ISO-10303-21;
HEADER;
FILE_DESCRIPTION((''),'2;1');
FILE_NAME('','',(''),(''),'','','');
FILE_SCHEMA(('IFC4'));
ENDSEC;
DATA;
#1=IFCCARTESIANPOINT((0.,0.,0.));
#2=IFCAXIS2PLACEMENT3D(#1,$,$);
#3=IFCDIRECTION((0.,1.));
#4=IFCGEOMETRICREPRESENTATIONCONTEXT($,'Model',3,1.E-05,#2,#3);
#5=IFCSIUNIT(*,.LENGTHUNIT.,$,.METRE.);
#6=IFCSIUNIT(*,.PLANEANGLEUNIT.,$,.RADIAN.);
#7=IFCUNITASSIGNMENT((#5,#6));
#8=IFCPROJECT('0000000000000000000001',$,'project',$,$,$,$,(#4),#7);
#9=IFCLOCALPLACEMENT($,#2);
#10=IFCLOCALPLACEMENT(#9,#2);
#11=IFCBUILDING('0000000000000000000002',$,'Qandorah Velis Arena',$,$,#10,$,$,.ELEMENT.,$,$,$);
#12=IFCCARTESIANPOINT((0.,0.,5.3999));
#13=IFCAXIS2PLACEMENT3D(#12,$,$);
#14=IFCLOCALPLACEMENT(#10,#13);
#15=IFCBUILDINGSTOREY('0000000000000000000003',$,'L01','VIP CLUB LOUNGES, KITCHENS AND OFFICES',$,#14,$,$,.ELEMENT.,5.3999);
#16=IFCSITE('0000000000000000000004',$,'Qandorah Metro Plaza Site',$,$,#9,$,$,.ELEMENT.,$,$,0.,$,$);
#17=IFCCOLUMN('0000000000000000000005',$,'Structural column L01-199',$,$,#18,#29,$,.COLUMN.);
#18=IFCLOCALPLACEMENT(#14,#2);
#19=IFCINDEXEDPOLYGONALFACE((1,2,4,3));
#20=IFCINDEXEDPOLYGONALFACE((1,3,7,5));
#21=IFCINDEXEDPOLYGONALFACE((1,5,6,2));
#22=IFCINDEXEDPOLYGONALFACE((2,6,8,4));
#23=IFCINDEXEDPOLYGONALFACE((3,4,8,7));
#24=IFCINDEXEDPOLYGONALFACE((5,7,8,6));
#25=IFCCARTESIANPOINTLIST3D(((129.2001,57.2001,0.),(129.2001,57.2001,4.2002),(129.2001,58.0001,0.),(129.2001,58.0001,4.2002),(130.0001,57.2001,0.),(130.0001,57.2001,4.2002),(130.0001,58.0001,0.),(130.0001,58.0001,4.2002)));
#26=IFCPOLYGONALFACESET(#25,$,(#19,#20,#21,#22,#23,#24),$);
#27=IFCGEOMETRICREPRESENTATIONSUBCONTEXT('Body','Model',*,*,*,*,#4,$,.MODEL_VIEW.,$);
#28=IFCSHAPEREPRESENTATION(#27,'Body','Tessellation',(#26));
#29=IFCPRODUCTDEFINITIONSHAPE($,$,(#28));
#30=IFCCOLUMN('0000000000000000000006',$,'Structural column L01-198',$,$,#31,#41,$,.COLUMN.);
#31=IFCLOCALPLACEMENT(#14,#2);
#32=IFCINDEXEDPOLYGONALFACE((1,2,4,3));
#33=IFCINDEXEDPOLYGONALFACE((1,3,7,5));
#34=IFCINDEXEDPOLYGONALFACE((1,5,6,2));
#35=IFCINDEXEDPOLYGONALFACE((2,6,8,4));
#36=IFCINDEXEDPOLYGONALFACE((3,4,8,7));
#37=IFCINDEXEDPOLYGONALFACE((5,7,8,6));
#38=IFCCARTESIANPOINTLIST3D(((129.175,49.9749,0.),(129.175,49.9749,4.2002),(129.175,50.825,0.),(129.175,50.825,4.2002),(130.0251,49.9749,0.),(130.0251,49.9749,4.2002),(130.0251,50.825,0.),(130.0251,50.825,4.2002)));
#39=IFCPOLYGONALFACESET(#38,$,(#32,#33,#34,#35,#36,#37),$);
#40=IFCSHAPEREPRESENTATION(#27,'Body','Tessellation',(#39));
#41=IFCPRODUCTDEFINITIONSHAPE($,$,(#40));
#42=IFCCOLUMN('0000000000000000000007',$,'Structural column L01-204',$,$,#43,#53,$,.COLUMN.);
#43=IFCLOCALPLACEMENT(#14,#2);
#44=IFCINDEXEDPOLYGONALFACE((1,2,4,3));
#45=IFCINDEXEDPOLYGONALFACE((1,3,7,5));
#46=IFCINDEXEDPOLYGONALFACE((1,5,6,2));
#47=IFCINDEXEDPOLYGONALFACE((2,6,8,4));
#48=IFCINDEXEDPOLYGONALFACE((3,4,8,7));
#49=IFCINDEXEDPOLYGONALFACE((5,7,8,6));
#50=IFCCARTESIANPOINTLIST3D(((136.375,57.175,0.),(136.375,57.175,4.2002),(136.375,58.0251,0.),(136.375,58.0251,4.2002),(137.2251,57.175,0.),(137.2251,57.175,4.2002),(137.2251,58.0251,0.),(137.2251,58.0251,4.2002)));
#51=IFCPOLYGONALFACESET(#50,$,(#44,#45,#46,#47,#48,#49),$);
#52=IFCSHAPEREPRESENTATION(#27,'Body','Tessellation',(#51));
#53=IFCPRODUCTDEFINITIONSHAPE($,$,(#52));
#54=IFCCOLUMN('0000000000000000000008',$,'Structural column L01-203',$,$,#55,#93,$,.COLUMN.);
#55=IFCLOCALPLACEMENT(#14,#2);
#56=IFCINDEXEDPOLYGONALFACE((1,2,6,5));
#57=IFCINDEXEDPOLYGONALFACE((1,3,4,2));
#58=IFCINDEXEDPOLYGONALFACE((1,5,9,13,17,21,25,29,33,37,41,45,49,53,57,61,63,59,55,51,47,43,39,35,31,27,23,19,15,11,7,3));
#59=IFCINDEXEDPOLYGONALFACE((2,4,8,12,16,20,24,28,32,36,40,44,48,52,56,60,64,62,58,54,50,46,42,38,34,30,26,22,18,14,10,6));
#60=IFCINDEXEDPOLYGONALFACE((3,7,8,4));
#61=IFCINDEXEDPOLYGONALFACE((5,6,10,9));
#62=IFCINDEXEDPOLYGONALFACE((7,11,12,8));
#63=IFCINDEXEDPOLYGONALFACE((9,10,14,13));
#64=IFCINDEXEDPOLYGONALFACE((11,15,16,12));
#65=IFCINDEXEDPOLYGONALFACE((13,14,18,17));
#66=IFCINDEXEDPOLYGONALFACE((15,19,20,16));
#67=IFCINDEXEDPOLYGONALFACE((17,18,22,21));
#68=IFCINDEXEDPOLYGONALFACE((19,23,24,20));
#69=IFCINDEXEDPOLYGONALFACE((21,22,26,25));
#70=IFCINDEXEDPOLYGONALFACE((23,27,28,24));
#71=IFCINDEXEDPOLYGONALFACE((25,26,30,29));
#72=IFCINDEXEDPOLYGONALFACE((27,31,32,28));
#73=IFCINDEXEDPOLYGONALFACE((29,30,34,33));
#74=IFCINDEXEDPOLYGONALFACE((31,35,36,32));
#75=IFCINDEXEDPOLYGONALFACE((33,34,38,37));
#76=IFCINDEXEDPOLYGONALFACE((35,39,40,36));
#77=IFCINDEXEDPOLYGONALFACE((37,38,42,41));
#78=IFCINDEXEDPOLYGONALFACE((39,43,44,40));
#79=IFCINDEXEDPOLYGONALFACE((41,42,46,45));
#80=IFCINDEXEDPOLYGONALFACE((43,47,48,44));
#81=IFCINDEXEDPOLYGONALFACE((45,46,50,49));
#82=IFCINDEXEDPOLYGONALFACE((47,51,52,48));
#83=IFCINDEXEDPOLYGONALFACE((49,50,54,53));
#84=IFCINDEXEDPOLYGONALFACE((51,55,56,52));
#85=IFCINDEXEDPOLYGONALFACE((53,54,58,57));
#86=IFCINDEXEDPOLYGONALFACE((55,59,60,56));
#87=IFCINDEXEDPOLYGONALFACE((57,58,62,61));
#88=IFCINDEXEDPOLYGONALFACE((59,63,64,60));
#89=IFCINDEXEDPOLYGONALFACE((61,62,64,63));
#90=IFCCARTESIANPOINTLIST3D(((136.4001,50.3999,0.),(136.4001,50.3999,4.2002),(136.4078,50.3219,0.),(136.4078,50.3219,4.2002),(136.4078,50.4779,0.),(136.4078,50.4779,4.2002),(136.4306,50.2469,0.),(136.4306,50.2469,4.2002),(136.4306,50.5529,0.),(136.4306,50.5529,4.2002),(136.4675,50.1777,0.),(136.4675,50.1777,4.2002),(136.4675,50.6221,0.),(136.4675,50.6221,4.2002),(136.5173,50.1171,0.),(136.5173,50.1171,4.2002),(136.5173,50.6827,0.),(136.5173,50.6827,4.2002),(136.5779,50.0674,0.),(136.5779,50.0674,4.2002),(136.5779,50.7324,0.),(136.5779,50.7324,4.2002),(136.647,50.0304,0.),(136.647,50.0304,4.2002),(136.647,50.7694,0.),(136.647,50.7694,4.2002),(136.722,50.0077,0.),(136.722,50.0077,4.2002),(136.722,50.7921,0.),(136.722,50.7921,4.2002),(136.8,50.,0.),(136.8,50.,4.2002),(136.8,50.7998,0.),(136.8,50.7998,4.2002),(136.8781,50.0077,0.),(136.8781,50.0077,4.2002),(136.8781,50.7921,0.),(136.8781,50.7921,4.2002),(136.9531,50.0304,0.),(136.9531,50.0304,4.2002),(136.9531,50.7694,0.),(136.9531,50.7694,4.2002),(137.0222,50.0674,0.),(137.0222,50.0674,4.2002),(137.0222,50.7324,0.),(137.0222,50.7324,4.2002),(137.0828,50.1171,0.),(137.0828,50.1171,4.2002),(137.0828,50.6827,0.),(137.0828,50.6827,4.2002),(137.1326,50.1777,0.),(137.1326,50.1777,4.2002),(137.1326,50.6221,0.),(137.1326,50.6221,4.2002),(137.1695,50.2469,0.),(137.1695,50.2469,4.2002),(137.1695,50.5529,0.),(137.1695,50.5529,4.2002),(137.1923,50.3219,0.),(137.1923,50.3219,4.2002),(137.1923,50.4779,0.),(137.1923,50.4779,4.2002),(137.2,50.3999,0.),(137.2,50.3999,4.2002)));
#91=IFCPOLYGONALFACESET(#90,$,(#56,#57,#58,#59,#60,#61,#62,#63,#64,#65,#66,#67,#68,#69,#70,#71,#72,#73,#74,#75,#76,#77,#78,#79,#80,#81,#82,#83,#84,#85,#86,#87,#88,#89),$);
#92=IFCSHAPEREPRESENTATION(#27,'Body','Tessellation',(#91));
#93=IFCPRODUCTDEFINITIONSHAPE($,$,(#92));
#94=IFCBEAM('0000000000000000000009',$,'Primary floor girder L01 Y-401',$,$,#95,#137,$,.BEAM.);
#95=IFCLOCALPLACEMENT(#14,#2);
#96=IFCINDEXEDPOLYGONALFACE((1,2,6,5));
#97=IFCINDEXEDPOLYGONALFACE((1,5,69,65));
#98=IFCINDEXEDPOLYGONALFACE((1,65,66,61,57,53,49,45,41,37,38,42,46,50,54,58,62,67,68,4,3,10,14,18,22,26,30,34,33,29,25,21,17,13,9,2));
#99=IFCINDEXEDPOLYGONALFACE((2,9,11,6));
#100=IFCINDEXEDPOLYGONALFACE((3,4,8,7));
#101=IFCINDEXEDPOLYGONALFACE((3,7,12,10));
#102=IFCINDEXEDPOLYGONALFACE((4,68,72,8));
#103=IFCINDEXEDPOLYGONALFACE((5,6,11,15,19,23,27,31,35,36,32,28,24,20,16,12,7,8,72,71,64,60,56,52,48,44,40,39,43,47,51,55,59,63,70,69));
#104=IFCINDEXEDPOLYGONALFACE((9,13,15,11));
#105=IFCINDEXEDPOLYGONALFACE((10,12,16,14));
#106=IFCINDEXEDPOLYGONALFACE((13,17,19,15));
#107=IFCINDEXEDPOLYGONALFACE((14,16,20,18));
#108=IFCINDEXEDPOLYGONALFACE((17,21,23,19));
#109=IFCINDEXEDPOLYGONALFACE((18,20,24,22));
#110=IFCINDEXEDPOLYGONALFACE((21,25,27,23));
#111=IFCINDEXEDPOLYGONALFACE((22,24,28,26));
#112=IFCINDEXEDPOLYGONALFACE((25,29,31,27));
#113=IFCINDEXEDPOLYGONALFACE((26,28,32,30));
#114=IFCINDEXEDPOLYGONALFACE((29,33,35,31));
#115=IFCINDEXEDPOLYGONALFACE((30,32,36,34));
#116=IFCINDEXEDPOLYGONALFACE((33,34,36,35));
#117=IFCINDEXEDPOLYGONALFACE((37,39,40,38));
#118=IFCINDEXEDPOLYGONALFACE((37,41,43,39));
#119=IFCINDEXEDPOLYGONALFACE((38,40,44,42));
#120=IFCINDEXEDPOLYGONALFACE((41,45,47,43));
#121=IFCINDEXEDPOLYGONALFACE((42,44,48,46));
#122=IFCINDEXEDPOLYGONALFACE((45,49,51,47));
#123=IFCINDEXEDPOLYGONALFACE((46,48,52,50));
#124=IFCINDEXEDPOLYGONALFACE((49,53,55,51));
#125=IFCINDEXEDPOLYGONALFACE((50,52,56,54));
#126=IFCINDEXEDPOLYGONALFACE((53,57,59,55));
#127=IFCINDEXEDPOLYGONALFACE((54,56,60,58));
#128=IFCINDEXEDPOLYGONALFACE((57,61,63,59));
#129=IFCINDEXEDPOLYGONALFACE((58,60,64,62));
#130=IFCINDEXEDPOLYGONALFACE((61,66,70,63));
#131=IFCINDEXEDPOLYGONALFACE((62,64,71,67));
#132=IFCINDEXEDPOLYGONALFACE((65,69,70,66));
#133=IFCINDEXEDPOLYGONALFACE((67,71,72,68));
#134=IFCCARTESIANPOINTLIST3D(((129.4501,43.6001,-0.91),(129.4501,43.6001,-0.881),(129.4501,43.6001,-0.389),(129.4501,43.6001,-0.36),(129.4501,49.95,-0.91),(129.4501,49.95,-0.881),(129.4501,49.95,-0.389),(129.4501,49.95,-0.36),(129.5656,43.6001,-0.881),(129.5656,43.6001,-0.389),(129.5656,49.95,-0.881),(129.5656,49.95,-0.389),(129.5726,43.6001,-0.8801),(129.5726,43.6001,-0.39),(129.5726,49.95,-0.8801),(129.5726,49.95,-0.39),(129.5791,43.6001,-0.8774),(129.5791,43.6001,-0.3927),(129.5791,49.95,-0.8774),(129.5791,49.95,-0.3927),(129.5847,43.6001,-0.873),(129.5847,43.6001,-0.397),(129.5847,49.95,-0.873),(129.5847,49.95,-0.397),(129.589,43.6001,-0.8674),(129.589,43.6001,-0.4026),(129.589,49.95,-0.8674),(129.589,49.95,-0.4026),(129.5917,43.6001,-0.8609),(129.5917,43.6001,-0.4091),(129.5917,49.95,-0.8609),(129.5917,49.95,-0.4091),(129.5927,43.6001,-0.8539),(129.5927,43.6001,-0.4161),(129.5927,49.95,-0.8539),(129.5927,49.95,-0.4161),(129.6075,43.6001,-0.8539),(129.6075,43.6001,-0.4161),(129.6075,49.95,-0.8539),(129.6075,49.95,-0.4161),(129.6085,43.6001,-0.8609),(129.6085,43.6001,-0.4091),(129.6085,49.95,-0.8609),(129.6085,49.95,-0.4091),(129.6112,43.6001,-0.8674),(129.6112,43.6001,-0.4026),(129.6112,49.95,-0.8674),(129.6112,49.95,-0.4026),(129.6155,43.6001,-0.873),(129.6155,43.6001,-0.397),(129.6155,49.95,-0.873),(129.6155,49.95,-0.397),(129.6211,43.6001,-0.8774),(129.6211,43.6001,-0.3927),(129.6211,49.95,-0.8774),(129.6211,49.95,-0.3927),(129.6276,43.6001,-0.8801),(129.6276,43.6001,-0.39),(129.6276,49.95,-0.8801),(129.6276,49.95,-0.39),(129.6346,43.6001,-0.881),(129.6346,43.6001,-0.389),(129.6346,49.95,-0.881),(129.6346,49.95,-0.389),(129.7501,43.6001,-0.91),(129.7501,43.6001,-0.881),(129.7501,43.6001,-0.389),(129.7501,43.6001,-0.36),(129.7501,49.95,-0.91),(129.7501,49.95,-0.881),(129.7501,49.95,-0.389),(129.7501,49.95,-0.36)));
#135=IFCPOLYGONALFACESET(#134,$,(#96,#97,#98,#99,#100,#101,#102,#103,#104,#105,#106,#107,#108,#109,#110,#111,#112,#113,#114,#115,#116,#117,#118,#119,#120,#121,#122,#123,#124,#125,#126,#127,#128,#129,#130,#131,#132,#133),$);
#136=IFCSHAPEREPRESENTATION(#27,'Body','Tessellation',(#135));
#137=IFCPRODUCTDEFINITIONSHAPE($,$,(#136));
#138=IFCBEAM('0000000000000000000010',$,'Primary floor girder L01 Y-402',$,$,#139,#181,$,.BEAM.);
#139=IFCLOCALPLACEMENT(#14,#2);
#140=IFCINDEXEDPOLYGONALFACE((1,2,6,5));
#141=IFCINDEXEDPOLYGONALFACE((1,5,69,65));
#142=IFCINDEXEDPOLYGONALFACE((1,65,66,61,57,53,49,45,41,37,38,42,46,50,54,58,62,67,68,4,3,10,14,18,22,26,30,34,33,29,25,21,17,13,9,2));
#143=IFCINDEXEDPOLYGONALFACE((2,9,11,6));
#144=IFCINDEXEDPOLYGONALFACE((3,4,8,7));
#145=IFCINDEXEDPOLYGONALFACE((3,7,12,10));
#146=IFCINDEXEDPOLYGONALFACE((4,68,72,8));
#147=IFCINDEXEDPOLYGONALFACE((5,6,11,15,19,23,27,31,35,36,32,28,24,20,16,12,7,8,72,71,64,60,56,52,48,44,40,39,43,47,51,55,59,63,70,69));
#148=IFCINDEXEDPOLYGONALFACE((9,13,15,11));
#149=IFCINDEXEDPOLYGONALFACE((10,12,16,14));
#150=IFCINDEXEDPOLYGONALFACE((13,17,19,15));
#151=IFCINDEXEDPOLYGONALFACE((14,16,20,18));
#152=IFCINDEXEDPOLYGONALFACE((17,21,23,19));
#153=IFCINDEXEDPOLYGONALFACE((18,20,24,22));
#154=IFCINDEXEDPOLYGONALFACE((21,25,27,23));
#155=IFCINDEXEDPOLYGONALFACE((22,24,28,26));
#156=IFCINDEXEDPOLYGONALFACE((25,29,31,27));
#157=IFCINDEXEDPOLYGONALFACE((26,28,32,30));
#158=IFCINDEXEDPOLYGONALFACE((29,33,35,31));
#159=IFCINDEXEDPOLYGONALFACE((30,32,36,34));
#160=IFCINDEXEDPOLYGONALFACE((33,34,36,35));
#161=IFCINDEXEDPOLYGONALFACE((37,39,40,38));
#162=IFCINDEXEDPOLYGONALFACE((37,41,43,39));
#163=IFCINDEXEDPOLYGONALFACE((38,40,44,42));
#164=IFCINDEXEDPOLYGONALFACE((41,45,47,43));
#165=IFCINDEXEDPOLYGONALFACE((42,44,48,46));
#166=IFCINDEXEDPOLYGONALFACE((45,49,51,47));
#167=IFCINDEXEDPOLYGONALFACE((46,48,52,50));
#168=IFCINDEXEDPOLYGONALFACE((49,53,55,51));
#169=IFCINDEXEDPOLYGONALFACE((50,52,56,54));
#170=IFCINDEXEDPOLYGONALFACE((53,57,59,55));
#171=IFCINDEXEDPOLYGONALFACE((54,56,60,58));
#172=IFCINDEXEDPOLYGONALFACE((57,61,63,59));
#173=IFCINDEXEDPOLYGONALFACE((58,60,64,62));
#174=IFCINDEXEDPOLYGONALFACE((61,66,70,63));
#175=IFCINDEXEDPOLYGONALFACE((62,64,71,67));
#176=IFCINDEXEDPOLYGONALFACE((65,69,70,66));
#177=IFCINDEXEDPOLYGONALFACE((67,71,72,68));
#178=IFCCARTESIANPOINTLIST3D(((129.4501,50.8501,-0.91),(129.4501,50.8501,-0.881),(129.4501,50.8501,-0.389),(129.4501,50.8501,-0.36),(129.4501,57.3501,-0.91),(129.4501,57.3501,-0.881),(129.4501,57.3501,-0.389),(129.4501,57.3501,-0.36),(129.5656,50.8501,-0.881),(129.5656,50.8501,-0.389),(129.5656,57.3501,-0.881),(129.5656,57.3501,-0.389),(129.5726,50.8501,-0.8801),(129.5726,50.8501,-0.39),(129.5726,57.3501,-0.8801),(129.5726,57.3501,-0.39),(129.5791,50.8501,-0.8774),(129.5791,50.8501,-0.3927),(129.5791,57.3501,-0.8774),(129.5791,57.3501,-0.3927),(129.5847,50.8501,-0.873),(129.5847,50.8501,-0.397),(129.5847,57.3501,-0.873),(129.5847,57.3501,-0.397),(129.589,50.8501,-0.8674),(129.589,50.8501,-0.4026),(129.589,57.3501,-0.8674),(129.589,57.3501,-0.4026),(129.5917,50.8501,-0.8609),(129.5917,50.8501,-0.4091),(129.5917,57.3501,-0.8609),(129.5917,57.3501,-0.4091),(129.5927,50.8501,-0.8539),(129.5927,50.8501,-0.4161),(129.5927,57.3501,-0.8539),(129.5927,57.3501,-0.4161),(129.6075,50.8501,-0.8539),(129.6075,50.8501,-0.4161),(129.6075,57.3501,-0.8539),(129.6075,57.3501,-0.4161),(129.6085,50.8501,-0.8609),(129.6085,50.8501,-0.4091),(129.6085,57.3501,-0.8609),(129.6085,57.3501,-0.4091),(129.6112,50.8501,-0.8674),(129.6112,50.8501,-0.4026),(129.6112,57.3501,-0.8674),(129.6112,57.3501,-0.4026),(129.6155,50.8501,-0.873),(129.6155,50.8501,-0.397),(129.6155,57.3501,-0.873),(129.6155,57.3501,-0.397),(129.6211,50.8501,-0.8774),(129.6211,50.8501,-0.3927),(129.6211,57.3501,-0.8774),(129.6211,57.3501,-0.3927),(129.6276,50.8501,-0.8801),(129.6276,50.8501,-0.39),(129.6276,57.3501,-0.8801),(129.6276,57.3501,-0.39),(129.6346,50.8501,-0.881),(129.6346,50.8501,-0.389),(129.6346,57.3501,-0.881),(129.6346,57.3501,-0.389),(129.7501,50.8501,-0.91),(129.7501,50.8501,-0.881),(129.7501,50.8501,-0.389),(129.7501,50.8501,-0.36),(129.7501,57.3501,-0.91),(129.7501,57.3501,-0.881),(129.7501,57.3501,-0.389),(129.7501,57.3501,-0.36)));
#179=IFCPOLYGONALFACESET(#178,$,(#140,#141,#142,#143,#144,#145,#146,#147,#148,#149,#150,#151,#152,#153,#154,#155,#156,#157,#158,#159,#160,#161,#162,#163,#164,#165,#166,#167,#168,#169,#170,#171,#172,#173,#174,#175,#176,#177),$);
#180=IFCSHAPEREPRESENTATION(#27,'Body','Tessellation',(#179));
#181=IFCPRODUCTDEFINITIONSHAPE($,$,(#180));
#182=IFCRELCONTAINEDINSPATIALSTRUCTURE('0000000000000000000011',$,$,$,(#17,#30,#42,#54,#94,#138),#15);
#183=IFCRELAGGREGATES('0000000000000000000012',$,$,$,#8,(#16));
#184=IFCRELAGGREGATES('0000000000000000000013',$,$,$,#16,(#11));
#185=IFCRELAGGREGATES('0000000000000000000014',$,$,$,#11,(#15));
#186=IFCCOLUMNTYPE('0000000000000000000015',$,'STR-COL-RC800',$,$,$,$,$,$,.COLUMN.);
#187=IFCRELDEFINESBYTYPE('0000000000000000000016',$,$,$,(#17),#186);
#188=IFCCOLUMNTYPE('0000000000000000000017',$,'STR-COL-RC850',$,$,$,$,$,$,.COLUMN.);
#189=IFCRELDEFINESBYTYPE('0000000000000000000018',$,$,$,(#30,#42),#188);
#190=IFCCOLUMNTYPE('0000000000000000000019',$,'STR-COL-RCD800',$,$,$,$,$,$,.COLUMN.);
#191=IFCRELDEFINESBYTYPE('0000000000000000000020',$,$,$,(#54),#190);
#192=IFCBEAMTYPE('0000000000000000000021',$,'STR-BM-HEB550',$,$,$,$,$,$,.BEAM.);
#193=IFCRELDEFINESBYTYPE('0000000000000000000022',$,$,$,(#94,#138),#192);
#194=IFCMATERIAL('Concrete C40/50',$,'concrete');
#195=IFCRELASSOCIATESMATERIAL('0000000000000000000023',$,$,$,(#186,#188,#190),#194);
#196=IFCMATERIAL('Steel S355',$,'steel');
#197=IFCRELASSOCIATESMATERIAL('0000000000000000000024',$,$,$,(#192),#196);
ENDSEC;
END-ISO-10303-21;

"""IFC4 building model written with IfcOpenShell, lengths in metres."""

from ifc_helpers import new_model, si_unit, direction, frame, origin, origin_2d, place, context, subcontext, project, spatial, rectangle, circle, i_section, extrude, material, material_profile, profile_set, type_object, element, save


model = new_model("IFC4")

# Units and contexts
model_context = context("Model", 3, precision=1e-05, world=origin(), true_north=direction((0.0, 1.0)))
body_context = subcontext(model_context, "Body", "Model", "MODEL_VIEW")
ifc_project = project(units=[si_unit("LENGTHUNIT", "METRE"), si_unit("PLANEANGLEUNIT", "RADIAN")], contexts=[model_context])

# Site, building, storey
site_placement = place(None, origin())
site = spatial("IfcSite", under=ifc_project, at=site_placement, Name="Qandorah Metro Plaza Site", CompositionType="ELEMENT", RefElevation=0.0)
building_placement = place(site_placement, origin())
building = spatial("IfcBuilding", under=site, at=building_placement, Name="Qandorah Velis Arena", CompositionType="ELEMENT")
storey_placement = place(building_placement, frame((0.0, 0.0, 5.3999)))
storey = spatial("IfcBuildingStorey", under=building, at=storey_placement, Name="L01", Description="VIP CLUB LOUNGES, KITCHENS AND OFFICES", CompositionType="ELEMENT", Elevation=5.3999)

# Columns
ifc_material_1 = material(Name="Concrete C40/50", Category="concrete")
ifc_material_profile_1 = material_profile(ifc_material_1, rectangle(XDim=0.8, YDim=0.8, at=origin_2d()), Name="RC COL 800x800")
ifc_profile_set_1 = profile_set([ifc_material_profile_1], Name="Concrete C40/50")
column_type_1 = type_object("IfcColumnType", Name="STR-COL-RC800", PredefinedType="COLUMN", material=ifc_profile_set_1)
column_1_placement = place(storey_placement, frame((129.6001, 57.6001, 0.0), z_axis=(0.0, 0.0, 1.0), x_axis=(1.0, 0.0, 0.0)))
element("IfcColumn", 1, at=column_1_placement, inside=storey, type_object=column_type_1, Name="Structural column L01-199", PredefinedType="COLUMN", context=body_context, shape_type="SweptSolid", body=[
    extrude(rectangle(XDim=0.8, YDim=0.8, at=origin_2d()), origin(), (0.0, 0.0, 1.0), 4.2002),
])
ifc_material_profile_2 = material_profile(ifc_material_1, rectangle(XDim=0.8501, YDim=0.8501, at=origin_2d()), Name="RC COL 850x850")
ifc_profile_set_2 = profile_set([ifc_material_profile_2], Name="Concrete C40/50")
column_type_2 = type_object("IfcColumnType", Name="STR-COL-RC850", PredefinedType="COLUMN", material=ifc_profile_set_2)
for number, where, z_axis, x_axis, name in (
    (2, (129.6001, 50.3999, 0.0), (0.0, 0.0, 1.0), (1.0, 0.0, 0.0), "Structural column L01-198"),
    (3, (136.8, 57.6001, 0.0), (0.0, 0.0, 1.0), (1.0, 0.0, 0.0), "Structural column L01-204"),
):
    element("IfcColumn", number, at=place(storey_placement, frame(where, z_axis=z_axis, x_axis=x_axis)), inside=storey, type_object=column_type_2, Name=name, PredefinedType="COLUMN", context=body_context, shape_type="SweptSolid", body=[
        extrude(rectangle(XDim=0.8501, YDim=0.8501, at=origin_2d()), origin(), (0.0, 0.0, 1.0), 4.2002),
    ])
ifc_material_profile_3 = material_profile(ifc_material_1, circle(Radius=0.3999, at=origin_2d()), Name="RC D800")
ifc_profile_set_3 = profile_set([ifc_material_profile_3], Name="Concrete C40/50")
column_type_3 = type_object("IfcColumnType", Name="STR-COL-RCD800", PredefinedType="COLUMN", material=ifc_profile_set_3)
column_2_placement = place(storey_placement, frame((136.8, 50.3999, 0.0), z_axis=(0.0, 0.0, 1.0), x_axis=(1.0, 0.0, 0.0)))
element("IfcColumn", 4, at=column_2_placement, inside=storey, type_object=column_type_3, Name="Structural column L01-203", PredefinedType="COLUMN", context=body_context, shape_type="SweptSolid", body=[
    extrude(circle(Radius=0.3999, at=origin_2d()), origin(), (0.0, 0.0, 1.0), 4.2002),
])

# Beams
ifc_material_2 = material(Name="Steel S355", Category="steel")
ifc_material_profile_4 = material_profile(ifc_material_2, i_section(OverallWidth=0.3, OverallDepth=0.55, WebThickness=0.0149, FlangeThickness=0.0291, FilletRadius=0.0271, at=origin_2d()), Name="HEB 550")
ifc_profile_set_4 = profile_set([ifc_material_profile_4], Name="Steel S355")
beam_type_1 = type_object("IfcBeamType", Name="STR-BM-HEB550", PredefinedType="BEAM", material=ifc_profile_set_4)
beam_1_placement = place(storey_placement, frame((129.6001, 43.6001, -0.635), z_axis=(0.0, 1.0, 0.0), x_axis=(-1.0, 0.0, 0.0)))
element("IfcBeam", 5, at=beam_1_placement, inside=storey, type_object=beam_type_1, Name="Primary floor girder L01 Y-401", PredefinedType="BEAM", context=body_context, shape_type="SweptSolid", body=[
    extrude(i_section(OverallWidth=0.3, OverallDepth=0.55, WebThickness=0.0149, FlangeThickness=0.0291, FilletRadius=0.0271, at=origin_2d()), origin(), (0.0, 0.0, 1.0), 6.3499),
])
for number, where, z_axis, x_axis, name in (
    (6, (129.6001, 50.8501, -0.635), (0.0, 1.0, 0.0), (-1.0, 0.0, 0.0), "Primary floor girder L01 Y-402"),
):
    element("IfcBeam", number, at=place(storey_placement, frame(where, z_axis=z_axis, x_axis=x_axis)), inside=storey, type_object=beam_type_1, Name=name, PredefinedType="BEAM", context=body_context, shape_type="SweptSolid", body=[
        extrude(i_section(OverallWidth=0.3, OverallDepth=0.55, WebThickness=0.0149, FlangeThickness=0.0291, FilletRadius=0.0271, at=origin_2d()), origin(), (0.0, 0.0, 1.0), 6.5),
    ])

save(model, "model.ifc")
